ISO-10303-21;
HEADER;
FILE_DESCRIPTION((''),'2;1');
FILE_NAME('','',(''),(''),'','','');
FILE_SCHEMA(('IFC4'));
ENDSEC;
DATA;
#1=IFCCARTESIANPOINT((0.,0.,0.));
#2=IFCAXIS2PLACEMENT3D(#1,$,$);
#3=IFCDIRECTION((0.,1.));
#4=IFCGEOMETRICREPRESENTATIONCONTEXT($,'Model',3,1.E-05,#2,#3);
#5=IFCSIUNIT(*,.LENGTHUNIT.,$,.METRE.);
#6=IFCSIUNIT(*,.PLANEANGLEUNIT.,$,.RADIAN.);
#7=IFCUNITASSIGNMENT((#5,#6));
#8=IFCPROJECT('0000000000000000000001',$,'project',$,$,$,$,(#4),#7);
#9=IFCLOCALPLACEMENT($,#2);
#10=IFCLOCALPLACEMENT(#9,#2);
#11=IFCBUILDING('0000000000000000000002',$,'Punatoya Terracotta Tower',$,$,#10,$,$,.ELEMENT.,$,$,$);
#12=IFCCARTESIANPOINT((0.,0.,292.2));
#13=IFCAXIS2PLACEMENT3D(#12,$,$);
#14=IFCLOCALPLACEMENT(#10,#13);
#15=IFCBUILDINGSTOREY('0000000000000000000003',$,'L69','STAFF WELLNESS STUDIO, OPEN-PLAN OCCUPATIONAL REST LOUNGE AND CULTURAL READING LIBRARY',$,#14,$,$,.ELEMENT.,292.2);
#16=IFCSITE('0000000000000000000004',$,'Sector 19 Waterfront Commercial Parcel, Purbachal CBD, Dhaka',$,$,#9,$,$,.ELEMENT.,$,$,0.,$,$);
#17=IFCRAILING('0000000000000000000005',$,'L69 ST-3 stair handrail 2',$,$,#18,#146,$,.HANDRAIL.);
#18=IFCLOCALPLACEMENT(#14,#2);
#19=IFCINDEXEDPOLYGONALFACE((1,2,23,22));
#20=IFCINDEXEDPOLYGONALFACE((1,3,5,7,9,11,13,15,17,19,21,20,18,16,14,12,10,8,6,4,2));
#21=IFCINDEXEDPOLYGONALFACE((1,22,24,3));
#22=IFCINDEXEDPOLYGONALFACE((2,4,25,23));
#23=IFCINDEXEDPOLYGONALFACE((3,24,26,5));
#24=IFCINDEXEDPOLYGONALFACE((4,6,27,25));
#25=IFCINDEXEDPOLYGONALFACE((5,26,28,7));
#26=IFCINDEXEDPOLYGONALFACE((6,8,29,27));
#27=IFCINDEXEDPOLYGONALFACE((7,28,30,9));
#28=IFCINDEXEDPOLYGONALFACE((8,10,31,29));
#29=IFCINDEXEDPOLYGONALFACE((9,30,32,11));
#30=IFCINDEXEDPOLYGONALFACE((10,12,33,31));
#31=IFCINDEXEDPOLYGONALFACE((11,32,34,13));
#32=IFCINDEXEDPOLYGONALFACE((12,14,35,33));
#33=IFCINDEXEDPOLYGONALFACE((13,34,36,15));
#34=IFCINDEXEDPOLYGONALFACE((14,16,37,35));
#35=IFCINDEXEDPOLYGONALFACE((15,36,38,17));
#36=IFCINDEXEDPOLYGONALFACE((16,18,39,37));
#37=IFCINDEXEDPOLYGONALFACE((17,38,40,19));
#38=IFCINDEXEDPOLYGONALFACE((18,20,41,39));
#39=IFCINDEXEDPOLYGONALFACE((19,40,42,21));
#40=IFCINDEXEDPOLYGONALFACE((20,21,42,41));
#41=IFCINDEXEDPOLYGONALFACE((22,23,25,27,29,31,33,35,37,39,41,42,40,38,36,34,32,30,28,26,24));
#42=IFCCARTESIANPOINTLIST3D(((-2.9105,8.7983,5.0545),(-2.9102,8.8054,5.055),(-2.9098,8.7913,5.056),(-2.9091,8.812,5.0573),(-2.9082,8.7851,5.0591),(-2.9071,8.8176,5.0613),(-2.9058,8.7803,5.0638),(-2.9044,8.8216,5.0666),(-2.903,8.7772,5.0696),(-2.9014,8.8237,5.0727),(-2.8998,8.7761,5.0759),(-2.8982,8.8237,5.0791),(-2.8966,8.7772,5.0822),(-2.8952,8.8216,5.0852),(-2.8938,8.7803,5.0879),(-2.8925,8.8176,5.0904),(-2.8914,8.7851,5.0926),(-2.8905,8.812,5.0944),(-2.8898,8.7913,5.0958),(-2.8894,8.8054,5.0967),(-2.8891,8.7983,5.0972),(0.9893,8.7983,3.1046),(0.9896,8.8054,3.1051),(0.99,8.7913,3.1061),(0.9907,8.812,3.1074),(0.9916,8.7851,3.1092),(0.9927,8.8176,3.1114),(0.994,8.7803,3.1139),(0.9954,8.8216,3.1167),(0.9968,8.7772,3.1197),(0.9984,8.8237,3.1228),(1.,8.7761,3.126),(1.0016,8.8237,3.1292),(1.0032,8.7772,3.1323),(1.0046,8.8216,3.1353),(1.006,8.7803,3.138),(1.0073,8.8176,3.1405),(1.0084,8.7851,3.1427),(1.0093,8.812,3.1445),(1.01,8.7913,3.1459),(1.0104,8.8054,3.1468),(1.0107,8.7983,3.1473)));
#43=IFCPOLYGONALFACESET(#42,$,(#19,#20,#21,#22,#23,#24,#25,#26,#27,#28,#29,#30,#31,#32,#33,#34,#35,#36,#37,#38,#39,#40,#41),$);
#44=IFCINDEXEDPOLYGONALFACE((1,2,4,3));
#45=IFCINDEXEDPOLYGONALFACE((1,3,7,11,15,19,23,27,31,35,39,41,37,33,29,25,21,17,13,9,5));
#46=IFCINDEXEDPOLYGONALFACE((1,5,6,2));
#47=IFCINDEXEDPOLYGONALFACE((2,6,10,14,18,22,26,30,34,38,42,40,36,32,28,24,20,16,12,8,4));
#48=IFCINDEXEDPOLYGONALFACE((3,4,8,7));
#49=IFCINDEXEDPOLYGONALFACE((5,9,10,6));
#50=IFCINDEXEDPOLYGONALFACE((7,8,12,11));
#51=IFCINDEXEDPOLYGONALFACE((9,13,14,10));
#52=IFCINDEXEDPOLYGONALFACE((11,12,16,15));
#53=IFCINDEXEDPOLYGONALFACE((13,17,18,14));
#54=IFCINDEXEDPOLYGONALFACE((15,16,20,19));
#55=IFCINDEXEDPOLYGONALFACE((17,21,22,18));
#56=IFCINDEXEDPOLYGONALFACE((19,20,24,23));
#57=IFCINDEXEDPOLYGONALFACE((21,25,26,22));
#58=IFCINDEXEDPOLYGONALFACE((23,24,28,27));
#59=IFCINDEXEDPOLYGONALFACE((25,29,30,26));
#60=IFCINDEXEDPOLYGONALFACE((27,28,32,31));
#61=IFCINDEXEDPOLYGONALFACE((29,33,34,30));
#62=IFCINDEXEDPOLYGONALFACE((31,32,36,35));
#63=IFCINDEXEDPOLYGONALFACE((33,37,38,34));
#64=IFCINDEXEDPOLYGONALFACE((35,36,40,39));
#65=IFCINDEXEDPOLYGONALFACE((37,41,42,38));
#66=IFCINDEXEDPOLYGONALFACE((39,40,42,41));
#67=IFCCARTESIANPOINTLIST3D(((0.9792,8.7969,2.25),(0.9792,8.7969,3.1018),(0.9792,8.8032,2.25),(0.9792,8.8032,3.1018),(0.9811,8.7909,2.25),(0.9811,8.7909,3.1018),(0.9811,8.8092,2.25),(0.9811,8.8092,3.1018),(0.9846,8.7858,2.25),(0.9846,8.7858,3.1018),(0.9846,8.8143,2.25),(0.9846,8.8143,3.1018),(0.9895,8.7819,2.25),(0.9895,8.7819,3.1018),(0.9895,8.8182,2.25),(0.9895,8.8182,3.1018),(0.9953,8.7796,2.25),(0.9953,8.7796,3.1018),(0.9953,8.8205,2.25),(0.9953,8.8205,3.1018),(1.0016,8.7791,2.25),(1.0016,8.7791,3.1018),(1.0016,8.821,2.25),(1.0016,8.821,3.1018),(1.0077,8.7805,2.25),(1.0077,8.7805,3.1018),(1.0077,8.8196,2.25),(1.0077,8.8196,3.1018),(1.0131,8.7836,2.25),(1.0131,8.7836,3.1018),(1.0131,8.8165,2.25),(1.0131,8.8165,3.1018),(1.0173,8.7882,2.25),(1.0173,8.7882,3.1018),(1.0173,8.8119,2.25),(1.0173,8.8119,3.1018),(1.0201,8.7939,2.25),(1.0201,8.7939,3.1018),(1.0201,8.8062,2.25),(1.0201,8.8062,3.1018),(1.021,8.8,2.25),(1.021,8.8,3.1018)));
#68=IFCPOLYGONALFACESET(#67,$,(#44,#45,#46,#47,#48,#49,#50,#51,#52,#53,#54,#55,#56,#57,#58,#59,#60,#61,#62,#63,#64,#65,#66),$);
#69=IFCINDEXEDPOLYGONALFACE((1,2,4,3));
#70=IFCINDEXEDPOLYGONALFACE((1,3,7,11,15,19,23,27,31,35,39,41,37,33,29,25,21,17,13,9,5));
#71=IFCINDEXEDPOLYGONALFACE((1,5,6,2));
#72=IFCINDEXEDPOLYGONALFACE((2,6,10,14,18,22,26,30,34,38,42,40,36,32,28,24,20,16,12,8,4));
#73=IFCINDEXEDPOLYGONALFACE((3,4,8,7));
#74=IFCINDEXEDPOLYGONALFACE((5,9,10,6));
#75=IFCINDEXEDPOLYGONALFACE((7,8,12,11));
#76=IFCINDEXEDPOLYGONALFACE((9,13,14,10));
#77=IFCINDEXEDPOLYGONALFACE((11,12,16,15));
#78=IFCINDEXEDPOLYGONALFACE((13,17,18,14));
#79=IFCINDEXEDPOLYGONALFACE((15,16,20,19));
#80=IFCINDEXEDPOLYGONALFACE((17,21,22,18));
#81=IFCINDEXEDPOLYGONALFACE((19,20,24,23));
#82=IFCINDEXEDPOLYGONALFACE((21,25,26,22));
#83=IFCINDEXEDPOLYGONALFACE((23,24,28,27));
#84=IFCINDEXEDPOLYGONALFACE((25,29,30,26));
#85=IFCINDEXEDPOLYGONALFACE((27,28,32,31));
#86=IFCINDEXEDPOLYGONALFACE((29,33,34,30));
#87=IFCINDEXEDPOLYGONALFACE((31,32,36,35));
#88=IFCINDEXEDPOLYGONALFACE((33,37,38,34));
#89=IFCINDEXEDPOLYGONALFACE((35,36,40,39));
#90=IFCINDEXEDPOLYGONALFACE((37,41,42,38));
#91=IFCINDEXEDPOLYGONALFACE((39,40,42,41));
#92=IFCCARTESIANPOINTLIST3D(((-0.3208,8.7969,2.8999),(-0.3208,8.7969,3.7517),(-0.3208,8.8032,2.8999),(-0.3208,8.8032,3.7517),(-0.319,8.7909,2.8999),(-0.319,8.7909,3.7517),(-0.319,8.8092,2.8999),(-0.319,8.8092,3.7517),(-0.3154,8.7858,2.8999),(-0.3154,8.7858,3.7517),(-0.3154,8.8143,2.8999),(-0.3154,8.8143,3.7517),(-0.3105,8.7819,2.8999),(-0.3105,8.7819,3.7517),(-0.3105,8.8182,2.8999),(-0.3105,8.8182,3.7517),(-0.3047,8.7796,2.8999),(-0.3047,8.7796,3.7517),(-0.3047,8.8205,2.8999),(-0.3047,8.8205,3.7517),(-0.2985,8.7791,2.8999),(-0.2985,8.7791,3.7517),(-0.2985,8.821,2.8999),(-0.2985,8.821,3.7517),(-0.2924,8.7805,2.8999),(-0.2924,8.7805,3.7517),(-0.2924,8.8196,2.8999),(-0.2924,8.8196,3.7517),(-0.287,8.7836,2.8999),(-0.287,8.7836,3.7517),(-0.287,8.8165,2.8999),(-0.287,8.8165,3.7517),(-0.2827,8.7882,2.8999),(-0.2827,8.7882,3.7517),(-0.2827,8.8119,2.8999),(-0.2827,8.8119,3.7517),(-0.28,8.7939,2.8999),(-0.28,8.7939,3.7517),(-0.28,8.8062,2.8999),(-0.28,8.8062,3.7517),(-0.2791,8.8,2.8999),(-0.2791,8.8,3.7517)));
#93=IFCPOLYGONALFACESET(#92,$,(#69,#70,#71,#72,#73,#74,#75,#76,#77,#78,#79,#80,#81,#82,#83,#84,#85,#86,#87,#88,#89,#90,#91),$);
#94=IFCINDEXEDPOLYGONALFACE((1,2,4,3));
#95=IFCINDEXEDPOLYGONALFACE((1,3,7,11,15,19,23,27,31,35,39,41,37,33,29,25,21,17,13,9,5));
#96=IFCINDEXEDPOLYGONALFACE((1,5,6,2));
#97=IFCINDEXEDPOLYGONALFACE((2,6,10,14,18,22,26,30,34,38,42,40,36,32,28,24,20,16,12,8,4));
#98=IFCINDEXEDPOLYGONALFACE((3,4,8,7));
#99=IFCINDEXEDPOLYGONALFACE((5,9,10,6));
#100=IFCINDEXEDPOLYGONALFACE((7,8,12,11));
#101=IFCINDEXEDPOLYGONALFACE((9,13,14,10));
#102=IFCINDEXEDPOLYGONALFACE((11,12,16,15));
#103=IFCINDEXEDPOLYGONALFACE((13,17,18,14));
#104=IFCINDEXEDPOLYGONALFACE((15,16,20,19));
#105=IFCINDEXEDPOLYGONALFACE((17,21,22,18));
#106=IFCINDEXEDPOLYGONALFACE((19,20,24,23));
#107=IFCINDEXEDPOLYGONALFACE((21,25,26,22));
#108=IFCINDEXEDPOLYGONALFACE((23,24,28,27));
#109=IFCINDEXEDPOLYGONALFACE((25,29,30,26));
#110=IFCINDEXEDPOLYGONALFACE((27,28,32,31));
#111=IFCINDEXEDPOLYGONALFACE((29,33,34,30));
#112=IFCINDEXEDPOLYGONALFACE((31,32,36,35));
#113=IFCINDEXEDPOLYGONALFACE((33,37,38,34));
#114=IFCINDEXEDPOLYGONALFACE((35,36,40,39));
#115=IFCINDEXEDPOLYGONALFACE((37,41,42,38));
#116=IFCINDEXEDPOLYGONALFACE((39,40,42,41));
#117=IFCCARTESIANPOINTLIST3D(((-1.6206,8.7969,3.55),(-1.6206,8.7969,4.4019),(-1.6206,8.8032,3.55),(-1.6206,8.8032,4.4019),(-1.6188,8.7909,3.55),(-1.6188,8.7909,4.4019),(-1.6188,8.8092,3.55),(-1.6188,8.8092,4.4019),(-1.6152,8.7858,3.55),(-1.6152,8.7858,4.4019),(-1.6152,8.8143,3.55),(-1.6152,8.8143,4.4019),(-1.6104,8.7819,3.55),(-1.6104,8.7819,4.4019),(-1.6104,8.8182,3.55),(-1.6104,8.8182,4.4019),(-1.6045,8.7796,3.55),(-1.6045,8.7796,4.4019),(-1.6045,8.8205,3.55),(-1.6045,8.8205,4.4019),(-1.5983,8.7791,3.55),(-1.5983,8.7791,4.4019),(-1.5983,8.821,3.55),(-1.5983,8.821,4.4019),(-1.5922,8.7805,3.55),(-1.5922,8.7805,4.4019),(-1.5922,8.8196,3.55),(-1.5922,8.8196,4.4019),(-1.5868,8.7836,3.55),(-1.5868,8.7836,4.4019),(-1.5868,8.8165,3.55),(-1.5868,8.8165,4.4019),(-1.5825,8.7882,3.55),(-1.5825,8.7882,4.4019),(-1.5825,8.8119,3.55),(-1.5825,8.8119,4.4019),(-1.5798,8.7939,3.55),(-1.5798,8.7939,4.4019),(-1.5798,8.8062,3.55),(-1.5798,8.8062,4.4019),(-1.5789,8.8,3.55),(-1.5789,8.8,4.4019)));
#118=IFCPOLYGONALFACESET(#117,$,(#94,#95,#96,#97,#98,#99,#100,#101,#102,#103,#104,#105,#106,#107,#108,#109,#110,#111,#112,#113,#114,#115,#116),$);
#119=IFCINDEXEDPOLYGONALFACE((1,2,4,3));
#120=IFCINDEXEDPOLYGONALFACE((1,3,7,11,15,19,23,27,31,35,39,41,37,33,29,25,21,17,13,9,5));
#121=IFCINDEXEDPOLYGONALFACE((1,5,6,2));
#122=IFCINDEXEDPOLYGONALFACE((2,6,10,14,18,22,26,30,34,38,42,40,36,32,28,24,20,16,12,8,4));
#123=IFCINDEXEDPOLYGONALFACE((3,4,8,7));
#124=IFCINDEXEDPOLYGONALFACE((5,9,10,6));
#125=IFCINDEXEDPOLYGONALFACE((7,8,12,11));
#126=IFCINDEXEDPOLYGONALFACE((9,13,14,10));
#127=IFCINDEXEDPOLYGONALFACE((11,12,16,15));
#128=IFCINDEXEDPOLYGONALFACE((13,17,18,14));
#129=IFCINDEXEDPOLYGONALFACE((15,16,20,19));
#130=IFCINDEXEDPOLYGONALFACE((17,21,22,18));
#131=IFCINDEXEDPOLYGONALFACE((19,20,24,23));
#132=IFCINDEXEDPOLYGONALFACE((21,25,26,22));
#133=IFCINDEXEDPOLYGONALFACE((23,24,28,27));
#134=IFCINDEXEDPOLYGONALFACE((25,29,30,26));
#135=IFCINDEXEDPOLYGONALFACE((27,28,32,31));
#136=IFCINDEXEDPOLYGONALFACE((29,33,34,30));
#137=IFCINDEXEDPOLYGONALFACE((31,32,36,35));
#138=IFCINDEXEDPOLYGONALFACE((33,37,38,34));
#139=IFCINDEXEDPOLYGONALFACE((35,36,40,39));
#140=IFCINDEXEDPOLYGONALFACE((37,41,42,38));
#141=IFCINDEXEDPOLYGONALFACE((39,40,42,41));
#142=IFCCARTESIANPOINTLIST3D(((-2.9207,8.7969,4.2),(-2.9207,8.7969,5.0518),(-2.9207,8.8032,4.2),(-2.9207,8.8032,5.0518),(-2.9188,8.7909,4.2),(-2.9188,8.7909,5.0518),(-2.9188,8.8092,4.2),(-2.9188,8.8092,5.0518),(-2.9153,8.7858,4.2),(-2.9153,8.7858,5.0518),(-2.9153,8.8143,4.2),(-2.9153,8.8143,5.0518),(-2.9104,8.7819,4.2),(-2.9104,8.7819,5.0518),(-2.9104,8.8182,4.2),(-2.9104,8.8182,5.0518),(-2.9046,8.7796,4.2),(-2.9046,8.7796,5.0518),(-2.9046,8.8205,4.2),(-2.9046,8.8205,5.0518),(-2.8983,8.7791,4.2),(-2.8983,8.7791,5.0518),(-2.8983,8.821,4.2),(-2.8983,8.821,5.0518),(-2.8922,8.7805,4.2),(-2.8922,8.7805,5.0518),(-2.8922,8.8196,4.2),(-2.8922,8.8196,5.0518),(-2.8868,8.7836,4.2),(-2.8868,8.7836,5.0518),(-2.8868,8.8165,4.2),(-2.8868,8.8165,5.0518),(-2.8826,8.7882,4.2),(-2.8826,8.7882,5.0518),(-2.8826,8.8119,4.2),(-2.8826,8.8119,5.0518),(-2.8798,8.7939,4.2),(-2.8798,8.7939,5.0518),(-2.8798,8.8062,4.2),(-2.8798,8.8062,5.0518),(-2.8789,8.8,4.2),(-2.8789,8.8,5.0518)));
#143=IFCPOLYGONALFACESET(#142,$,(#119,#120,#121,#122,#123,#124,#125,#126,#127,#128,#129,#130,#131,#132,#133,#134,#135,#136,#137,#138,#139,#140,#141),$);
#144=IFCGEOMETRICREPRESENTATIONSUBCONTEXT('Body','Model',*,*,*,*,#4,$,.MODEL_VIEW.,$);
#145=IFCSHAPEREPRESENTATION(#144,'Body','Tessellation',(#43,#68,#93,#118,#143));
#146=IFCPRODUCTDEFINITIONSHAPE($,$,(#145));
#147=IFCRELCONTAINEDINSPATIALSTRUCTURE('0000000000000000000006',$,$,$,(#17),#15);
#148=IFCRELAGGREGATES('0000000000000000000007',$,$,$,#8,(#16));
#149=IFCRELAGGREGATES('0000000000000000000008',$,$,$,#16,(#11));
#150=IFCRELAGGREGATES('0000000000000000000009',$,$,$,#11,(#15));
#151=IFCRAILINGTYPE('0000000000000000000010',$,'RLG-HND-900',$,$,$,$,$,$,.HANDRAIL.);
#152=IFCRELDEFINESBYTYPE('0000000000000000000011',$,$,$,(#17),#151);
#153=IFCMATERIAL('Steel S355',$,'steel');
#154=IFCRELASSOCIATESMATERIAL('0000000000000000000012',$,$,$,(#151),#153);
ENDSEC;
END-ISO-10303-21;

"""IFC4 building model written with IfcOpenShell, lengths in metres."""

from ifc_helpers import new_model, si_unit, direction, frame, origin, origin_2d, place, context, subcontext, project, spatial, circle, extrude, material, type_object, element, save


model = new_model("IFC4")

# Units and contexts
model_context = context("Model", 3, precision=1e-05, world=origin(), true_north=direction((0.0, 1.0)))
body_context = subcontext(model_context, "Body", "Model", "MODEL_VIEW")
ifc_project = project(units=[si_unit("LENGTHUNIT", "METRE"), si_unit("PLANEANGLEUNIT", "RADIAN")], contexts=[model_context])

# Site, building, storey
site_placement = place(None, origin())
site = spatial("IfcSite", under=ifc_project, at=site_placement, Name="Sector 19 Waterfront Commercial Parcel, Purbachal CBD, Dhaka", CompositionType="ELEMENT", RefElevation=0.0)
building_placement = place(site_placement, origin())
building = spatial("IfcBuilding", under=site, at=building_placement, Name="Punatoya Terracotta Tower", CompositionType="ELEMENT")
storey_placement = place(building_placement, frame((0.0, 0.0, 292.2)))
storey = spatial("IfcBuildingStorey", under=building, at=storey_placement, Name="L69", Description="STAFF WELLNESS STUDIO, OPEN-PLAN OCCUPATIONAL REST LOUNGE AND CULTURAL READING LIBRARY", CompositionType="ELEMENT", Elevation=292.2)

# Shared definitions
ifc_material_1 = material(Name="Steel S355", Category="steel")

# Railing
railing_type_1 = type_object("IfcRailingType", Name="RLG-HND-900", PredefinedType="HANDRAIL", material=ifc_material_1)
railing_1_placement = place(storey_placement, frame((1.0, 8.8, 2.25)))
element("IfcRailing", 1, at=railing_1_placement, inside=storey, type_object=railing_type_1, Name="L69 ST-3 stair handrail 2", PredefinedType="HANDRAIL", context=body_context, shape_type="SweptSolid", body=[
    extrude(circle(Radius=0.0239, at=origin_2d()), frame((0.0, 0.0, 0.876), z_axis=(-0.894427, 0.0, 0.447214), x_axis=(0.0, -1.0, 0.0)), (0.0, 0.0, 1.0), 4.3601),
    extrude(circle(Radius=0.021, at=origin_2d()), origin(), (0.0, 0.0, 1.0), 0.8518),
    extrude(circle(Radius=0.021, at=origin_2d()), frame((-1.3, 0.0, 0.6499)), (0.0, 0.0, 1.0), 0.8518),
    extrude(circle(Radius=0.021, at=origin_2d()), frame((-2.5999, 0.0, 1.3)), (0.0, 0.0, 1.0), 0.8518),
    extrude(circle(Radius=0.021, at=origin_2d()), frame((-3.8999, 0.0, 1.95)), (0.0, 0.0, 1.0), 0.8518),
])

save(model, "model.ifc")
